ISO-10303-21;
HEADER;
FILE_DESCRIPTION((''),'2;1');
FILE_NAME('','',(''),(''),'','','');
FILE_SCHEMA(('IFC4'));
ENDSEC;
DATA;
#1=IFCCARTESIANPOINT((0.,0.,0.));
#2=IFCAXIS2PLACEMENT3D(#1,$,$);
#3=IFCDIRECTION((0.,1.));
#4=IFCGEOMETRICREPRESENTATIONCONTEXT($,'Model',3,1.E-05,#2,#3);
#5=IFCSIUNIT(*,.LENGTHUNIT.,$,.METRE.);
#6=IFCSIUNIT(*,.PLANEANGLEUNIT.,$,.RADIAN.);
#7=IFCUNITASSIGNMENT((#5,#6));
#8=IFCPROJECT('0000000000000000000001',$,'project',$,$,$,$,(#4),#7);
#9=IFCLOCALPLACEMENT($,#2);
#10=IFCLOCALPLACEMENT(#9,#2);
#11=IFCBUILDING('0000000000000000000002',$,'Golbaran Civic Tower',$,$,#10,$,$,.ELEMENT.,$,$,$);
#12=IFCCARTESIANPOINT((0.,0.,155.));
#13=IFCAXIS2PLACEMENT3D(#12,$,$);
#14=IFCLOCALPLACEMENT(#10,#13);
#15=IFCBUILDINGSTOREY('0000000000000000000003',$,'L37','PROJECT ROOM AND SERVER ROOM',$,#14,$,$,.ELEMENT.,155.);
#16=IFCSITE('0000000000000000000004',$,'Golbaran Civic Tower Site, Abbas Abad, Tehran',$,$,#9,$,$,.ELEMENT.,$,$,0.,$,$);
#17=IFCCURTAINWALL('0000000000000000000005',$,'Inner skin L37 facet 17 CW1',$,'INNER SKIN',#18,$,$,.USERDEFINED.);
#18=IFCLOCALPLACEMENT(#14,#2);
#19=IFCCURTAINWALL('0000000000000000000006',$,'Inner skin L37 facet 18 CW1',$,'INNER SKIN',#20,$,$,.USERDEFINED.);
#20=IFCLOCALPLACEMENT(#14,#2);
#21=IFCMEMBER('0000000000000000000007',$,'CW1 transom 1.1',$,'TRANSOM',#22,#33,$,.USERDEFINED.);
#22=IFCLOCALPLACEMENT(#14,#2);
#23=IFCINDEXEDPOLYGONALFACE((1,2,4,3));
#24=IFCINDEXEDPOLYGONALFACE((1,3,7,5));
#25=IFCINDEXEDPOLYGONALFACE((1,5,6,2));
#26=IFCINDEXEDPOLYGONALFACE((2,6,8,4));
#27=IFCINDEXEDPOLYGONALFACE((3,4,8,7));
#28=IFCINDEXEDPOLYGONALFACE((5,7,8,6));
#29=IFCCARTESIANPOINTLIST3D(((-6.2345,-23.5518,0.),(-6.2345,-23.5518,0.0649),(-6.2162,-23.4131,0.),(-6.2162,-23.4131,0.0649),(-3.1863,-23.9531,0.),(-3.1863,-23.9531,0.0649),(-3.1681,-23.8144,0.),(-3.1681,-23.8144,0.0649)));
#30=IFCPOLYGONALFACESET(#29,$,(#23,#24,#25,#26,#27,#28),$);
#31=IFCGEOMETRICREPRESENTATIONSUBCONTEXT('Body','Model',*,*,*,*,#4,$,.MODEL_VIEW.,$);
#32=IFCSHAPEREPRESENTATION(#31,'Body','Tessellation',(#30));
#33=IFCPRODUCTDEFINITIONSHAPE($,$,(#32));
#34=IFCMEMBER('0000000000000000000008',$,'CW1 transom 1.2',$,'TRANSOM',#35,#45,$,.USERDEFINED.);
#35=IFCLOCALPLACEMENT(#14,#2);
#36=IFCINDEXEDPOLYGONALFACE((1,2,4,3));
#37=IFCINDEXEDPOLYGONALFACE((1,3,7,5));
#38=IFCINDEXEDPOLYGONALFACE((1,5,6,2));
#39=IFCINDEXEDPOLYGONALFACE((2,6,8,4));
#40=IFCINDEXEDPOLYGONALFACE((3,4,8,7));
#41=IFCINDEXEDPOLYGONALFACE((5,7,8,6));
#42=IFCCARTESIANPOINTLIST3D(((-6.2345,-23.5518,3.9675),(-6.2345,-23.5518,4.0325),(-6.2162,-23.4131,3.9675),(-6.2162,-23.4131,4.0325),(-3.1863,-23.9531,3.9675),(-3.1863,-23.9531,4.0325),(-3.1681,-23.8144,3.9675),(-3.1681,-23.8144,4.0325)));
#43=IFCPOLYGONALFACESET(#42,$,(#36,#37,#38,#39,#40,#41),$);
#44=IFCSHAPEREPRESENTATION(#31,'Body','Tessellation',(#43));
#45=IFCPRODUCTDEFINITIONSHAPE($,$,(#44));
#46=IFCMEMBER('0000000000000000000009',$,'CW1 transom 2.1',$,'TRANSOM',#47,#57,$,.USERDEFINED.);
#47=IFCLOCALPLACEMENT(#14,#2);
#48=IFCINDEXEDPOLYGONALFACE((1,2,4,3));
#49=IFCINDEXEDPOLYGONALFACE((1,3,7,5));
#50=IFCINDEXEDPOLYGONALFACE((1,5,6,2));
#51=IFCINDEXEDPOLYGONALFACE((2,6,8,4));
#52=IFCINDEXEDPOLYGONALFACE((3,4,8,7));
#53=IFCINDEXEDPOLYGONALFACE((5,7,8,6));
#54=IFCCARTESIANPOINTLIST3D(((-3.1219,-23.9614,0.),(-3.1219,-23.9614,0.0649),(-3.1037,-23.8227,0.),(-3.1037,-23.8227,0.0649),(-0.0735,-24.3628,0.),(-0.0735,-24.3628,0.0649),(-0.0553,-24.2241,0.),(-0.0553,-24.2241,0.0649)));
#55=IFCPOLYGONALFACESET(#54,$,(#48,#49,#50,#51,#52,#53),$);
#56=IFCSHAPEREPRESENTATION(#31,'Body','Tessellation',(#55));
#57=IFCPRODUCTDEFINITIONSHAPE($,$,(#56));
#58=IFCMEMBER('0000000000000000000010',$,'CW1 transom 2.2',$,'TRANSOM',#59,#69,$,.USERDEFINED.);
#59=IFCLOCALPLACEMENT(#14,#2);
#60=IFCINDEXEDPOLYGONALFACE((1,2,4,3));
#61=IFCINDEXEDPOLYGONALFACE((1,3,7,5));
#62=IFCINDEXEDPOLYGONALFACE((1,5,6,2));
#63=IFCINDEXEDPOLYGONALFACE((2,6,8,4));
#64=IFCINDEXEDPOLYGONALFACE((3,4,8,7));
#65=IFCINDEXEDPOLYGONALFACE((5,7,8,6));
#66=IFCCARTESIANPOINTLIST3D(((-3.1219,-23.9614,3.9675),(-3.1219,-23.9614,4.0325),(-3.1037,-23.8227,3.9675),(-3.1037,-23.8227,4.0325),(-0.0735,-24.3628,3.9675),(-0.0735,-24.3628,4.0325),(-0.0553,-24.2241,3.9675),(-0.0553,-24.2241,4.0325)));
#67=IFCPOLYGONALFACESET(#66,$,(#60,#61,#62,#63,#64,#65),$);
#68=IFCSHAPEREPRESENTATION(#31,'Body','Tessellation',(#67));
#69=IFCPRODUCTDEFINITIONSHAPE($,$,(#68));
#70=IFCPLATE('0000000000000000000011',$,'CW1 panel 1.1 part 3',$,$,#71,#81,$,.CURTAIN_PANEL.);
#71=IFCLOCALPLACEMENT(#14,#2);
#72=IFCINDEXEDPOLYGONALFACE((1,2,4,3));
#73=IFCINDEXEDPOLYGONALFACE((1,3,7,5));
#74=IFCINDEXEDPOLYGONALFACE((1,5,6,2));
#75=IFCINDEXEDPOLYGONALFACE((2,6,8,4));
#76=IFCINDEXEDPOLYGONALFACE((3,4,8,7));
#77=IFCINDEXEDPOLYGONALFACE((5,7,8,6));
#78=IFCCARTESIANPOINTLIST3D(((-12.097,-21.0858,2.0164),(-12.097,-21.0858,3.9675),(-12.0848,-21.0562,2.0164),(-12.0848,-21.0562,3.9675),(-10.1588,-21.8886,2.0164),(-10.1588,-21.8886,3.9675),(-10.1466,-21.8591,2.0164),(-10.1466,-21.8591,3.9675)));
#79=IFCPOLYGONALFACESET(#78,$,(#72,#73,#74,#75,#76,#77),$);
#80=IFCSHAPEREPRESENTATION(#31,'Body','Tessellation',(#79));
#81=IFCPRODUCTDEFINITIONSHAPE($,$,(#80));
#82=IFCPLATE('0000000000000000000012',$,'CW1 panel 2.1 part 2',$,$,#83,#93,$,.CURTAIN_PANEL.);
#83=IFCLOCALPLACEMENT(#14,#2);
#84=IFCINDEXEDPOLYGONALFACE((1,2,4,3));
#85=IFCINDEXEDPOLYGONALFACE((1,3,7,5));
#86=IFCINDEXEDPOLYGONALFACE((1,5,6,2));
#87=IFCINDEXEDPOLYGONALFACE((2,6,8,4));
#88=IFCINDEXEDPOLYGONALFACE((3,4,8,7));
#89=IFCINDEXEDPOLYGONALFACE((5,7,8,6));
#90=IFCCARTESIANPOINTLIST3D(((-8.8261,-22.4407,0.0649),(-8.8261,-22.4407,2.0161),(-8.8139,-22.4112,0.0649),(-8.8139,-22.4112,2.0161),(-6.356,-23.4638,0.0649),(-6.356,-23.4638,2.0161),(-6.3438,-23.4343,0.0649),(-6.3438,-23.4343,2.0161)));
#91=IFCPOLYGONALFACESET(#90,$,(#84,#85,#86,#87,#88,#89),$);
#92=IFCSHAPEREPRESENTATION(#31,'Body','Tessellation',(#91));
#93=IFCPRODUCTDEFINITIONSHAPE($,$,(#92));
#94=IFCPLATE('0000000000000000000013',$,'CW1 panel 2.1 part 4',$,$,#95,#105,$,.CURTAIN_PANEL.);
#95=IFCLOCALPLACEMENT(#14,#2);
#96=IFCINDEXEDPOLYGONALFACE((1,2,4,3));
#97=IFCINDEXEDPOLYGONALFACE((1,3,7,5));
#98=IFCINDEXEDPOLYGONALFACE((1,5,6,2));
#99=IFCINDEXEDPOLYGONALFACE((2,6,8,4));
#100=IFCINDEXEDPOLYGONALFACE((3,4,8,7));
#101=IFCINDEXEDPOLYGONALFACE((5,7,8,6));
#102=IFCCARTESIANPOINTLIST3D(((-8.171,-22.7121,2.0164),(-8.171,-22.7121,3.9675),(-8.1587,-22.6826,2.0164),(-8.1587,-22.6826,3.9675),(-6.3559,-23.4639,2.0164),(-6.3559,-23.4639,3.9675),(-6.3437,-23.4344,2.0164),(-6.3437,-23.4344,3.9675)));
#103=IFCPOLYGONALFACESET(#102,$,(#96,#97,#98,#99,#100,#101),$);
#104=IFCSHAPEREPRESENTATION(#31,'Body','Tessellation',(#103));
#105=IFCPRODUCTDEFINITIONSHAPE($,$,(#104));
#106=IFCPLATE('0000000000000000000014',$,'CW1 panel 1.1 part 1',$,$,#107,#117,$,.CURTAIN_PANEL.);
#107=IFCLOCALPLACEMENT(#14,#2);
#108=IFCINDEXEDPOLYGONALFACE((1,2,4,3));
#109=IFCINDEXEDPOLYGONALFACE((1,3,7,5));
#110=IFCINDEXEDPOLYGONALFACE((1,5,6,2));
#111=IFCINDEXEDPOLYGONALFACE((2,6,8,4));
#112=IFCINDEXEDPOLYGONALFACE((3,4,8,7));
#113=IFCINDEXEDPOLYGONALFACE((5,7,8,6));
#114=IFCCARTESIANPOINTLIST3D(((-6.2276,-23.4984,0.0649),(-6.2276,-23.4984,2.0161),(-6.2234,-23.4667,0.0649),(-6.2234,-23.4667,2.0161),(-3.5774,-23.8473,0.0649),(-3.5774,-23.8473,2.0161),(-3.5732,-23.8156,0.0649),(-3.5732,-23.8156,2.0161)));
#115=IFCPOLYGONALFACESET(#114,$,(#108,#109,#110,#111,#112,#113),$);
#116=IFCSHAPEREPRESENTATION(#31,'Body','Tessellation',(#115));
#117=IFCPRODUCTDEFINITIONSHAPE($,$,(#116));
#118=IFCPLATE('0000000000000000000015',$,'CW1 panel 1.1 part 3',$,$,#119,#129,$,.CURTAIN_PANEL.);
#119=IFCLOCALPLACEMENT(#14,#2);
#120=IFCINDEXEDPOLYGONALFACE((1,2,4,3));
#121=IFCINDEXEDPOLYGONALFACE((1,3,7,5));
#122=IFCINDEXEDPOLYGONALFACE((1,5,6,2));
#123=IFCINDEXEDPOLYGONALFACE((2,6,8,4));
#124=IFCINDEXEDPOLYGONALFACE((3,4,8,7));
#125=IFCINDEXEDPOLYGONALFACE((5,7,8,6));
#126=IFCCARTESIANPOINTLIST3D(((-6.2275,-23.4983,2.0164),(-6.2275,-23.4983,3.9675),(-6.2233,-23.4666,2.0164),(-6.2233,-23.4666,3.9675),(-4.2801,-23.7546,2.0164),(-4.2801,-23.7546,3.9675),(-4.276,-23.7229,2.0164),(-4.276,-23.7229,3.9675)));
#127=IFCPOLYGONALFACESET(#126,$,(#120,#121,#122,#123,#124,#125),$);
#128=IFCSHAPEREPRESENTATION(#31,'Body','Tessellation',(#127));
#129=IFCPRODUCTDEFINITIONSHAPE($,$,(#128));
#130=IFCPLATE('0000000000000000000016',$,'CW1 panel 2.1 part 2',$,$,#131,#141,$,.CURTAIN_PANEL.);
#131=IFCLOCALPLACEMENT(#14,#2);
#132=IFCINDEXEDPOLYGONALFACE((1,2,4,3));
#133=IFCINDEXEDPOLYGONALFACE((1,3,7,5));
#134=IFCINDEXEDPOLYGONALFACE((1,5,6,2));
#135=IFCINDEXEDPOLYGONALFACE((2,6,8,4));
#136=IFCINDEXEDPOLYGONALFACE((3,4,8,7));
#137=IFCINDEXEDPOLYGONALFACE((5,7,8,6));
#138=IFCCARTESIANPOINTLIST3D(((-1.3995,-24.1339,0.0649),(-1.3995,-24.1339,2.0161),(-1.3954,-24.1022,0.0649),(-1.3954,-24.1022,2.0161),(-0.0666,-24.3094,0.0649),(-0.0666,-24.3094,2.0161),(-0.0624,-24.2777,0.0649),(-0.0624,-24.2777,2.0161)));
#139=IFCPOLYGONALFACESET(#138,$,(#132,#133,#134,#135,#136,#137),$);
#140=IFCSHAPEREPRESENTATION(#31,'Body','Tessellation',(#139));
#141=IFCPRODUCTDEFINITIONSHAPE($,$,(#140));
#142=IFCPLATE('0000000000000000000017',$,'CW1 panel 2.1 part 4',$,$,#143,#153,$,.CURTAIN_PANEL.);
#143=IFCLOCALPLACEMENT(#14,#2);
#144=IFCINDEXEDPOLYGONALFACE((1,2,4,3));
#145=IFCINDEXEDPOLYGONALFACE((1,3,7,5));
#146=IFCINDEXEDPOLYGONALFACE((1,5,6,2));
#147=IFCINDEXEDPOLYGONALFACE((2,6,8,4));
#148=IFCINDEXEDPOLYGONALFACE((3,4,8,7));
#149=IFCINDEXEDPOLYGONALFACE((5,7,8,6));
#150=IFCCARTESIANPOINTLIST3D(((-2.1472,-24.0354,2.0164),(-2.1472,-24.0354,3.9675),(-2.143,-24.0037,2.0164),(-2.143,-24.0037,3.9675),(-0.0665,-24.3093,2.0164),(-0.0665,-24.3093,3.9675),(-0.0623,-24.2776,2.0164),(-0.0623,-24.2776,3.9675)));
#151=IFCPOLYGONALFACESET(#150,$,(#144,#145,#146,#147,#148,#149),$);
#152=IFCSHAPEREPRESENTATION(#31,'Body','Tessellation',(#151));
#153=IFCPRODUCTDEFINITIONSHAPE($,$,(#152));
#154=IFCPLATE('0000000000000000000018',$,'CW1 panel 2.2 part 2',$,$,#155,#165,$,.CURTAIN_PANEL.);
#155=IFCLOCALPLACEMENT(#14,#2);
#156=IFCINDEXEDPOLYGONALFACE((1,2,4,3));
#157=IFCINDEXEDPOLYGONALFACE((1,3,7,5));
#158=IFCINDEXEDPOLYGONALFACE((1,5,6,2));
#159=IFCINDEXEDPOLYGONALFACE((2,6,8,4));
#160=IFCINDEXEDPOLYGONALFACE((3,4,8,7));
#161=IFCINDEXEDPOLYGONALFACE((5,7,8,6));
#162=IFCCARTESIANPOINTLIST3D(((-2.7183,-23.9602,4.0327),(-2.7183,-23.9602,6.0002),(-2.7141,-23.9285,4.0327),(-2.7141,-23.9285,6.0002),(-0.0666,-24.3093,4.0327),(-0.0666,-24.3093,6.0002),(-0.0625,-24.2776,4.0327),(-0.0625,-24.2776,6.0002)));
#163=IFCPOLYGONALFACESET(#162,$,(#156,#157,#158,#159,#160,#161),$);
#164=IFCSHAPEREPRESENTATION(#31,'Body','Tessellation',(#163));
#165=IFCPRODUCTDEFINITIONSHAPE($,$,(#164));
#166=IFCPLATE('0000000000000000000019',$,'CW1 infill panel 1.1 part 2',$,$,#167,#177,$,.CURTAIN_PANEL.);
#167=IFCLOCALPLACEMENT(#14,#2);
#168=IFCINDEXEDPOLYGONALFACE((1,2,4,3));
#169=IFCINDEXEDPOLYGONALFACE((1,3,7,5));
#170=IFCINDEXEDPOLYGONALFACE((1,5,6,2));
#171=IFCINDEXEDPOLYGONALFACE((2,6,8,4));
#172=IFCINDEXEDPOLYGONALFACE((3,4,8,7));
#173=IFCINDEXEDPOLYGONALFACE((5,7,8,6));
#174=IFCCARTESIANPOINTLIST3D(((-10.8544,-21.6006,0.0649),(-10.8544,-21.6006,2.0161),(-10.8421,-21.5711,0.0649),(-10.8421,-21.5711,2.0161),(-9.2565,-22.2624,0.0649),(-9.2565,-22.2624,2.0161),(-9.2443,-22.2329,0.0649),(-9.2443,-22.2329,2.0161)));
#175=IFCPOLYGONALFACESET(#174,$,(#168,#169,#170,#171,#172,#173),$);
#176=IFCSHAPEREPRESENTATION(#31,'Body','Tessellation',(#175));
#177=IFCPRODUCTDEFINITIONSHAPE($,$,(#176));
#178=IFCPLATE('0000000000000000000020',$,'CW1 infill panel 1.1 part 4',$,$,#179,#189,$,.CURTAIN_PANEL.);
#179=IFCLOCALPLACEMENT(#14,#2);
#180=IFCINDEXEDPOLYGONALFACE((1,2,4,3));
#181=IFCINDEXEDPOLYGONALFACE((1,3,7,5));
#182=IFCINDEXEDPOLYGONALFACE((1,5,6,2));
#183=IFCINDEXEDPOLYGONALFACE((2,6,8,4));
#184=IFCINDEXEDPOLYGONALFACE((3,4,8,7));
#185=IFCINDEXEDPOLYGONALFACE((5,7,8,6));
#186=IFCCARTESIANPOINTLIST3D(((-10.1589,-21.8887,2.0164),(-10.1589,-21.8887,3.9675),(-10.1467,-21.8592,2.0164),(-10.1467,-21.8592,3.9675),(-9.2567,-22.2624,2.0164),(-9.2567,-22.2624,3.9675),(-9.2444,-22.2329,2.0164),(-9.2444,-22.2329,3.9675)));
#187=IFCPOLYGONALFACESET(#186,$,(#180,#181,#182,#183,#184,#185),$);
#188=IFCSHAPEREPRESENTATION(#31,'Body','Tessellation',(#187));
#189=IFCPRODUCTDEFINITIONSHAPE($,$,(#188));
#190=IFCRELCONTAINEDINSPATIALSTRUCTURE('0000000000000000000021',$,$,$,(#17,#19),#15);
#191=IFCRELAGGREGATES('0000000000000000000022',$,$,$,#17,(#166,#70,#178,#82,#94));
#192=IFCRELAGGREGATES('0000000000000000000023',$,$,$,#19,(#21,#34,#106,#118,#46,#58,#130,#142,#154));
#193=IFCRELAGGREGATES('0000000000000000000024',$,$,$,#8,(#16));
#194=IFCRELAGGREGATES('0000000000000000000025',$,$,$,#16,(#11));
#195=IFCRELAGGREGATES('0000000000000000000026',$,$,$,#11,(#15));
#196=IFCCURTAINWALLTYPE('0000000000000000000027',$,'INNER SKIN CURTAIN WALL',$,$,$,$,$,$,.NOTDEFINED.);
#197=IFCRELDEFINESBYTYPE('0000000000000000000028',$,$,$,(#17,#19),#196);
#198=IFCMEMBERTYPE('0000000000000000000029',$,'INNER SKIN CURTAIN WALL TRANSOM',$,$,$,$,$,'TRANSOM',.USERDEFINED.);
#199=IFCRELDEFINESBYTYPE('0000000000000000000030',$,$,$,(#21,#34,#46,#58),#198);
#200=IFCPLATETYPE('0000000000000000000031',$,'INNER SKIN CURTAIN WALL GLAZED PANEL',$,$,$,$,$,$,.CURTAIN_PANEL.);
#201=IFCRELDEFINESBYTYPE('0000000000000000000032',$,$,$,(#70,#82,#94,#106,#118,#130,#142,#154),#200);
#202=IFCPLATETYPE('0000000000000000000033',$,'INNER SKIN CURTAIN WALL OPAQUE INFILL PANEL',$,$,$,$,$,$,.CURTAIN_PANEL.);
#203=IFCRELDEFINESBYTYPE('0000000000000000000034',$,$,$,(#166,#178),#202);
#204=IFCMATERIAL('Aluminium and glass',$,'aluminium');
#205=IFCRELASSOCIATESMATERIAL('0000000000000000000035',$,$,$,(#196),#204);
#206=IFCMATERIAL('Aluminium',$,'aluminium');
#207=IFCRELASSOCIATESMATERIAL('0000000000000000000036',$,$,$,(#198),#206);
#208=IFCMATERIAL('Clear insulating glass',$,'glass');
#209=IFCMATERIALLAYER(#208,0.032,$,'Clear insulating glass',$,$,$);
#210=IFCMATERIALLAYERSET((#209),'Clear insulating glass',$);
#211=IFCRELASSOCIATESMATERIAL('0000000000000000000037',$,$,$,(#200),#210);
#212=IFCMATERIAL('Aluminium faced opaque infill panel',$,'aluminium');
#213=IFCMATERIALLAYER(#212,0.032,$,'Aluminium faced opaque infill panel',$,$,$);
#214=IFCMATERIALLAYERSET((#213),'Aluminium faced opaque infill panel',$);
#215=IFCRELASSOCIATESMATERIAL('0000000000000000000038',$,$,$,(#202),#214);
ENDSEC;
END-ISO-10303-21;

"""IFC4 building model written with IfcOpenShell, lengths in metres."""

from ifc_helpers import new_model, si_unit, direction, frame, origin, origin_2d, place, context, subcontext, project, spatial, rectangle, extrude, material, layer, layer_set, material_profile, profile_set, type_object, element, aggregate, save


model = new_model("IFC4")

# Units and contexts
model_context = context("Model", 3, precision=1e-05, world=origin(), true_north=direction((0.0, 1.0)))
body_context = subcontext(model_context, "Body", "Model", "MODEL_VIEW")
ifc_project = project(units=[si_unit("LENGTHUNIT", "METRE"), si_unit("PLANEANGLEUNIT", "RADIAN")], contexts=[model_context])

# Site, building, storey
site_placement = place(None, origin())
site = spatial("IfcSite", under=ifc_project, at=site_placement, Name="Golbaran Civic Tower Site, Abbas Abad, Tehran", CompositionType="ELEMENT", RefElevation=0.0)
building_placement = place(site_placement, origin())
building = spatial("IfcBuilding", under=site, at=building_placement, Name="Golbaran Civic Tower", CompositionType="ELEMENT")
storey_placement = place(building_placement, frame((0.0, 0.0, 155.0)))
storey = spatial("IfcBuildingStorey", under=building, at=storey_placement, Name="L37", Description="PROJECT ROOM AND SERVER ROOM", CompositionType="ELEMENT", Elevation=155.0)

# Curtain walls
ifc_material_1 = material(Name="Aluminium and glass", Category="aluminium")
curtain_wall_type = type_object("IfcCurtainWallType", Name="INNER SKIN CURTAIN WALL", PredefinedType="NOTDEFINED", material=ifc_material_1)
curtain_wall_1_placement = place(storey_placement, origin())
curtain_wall_1 = element("IfcCurtainWall", 1, at=curtain_wall_1_placement, inside=storey, type_object=curtain_wall_type, Name="Inner skin L37 facet 17 CW1", ObjectType="INNER SKIN", PredefinedType="USERDEFINED")
ifc_material_2 = material(Name="Aluminium", Category="aluminium")
curtain_wall_2_placement = place(storey_placement, origin())
curtain_wall_2 = element("IfcCurtainWall", 2, at=curtain_wall_2_placement, inside=storey, type_object=curtain_wall_type, Name="Inner skin L37 facet 18 CW1", ObjectType="INNER SKIN", PredefinedType="USERDEFINED")

# Members
ifc_material_profile_1 = material_profile(ifc_material_2, rectangle(XDim=0.1399, YDim=0.0649, at=origin_2d()), Name="INNER SKIN CURTAIN WALL TRANSOM")
ifc_profile_set_1 = profile_set([ifc_material_profile_1], Name="Aluminium")
member_type_1 = type_object("IfcMemberType", Name="INNER SKIN CURTAIN WALL TRANSOM", ElementType="TRANSOM", PredefinedType="USERDEFINED", material=ifc_profile_set_1)
member_1_placement = place(storey_placement, frame((-6.2253, -23.4824, 0.0325), z_axis=(0.991442, -0.130551, 0.0), x_axis=(0.130551, 0.991442, 0.0)))
member_1 = element("IfcMember", 3, at=member_1_placement, type_object=member_type_1, Name="CW1 transom 1.1", ObjectType="TRANSOM", PredefinedType="USERDEFINED", context=body_context, shape_type="SweptSolid", body=[
    extrude(rectangle(XDim=0.1399, YDim=0.0649, at=origin_2d()), origin(), (0.0, 0.0, 1.0), 3.0745),
])
member_2_placement = place(storey_placement, frame((-6.2253, -23.4824, 4.0), z_axis=(0.991442, -0.130551, 0.0), x_axis=(0.130551, 0.991442, 0.0)))
member_2 = element("IfcMember", 4, at=member_2_placement, type_object=member_type_1, Name="CW1 transom 1.2", ObjectType="TRANSOM", PredefinedType="USERDEFINED", context=body_context, shape_type="SweptSolid", body=[
    extrude(rectangle(XDim=0.1399, YDim=0.0649, at=origin_2d()), origin(), (0.0, 0.0, 1.0), 3.0745),
])
member_3_placement = place(storey_placement, frame((-3.1128, -23.8921, 0.0325), z_axis=(0.991443, -0.130541, 0.0), x_axis=(0.130541, 0.991443, 0.0)))
member_3 = element("IfcMember", 5, at=member_3_placement, type_object=member_type_1, Name="CW1 transom 2.1", ObjectType="TRANSOM", PredefinedType="USERDEFINED", context=body_context, shape_type="SweptSolid", body=[
    extrude(rectangle(XDim=0.1399, YDim=0.0649, at=origin_2d()), origin(), (0.0, 0.0, 1.0), 3.0747),
])
member_4_placement = place(storey_placement, frame((-3.1128, -23.8921, 4.0), z_axis=(0.991443, -0.130541, 0.0), x_axis=(0.130541, 0.991443, 0.0)))
member_4 = element("IfcMember", 6, at=member_4_placement, type_object=member_type_1, Name="CW1 transom 2.2", ObjectType="TRANSOM", PredefinedType="USERDEFINED", context=body_context, shape_type="SweptSolid", body=[
    extrude(rectangle(XDim=0.1399, YDim=0.0649, at=origin_2d()), origin(), (0.0, 0.0, 1.0), 3.0747),
])

# Plates
ifc_material_3 = material(Name="Clear insulating glass", Category="glass")
ifc_layer_1 = layer(ifc_material_3, 0.032, Name="Clear insulating glass")
ifc_layer_set_1 = layer_set([ifc_layer_1], Name="Clear insulating glass")
plate_type_1 = type_object("IfcPlateType", Name="INNER SKIN CURTAIN WALL GLAZED PANEL", PredefinedType="CURTAIN_PANEL", material=ifc_layer_set_1)
plate_1_placement = place(storey_placement, frame((-11.1218, -21.4724, 2.0164), z_axis=(0.0, 0.0, 1.0), x_axis=(0.92388, -0.382683, 0.0)))
plate_1 = element("IfcPlate", 7, at=plate_1_placement, type_object=plate_type_1, Name="CW1 panel 1.1 part 3", PredefinedType="CURTAIN_PANEL", context=body_context, shape_type="SweptSolid", body=[
    extrude(rectangle(XDim=2.0979, YDim=0.032, at=origin_2d()), origin(), (0.0, 0.0, 1.0), 1.9512),
])
plate_2_placement = place(storey_placement, frame((-7.585, -22.9375, 0.0649), z_axis=(0.0, 0.0, 1.0), x_axis=(0.92388, -0.382683, 0.0)))
plate_2 = element("IfcPlate", 8, at=plate_2_placement, type_object=plate_type_1, Name="CW1 panel 2.1 part 2", PredefinedType="CURTAIN_PANEL", context=body_context, shape_type="SweptSolid", body=[
    extrude(rectangle(XDim=2.6736, YDim=0.032, at=origin_2d()), origin(), (0.0, 0.0, 1.0), 1.9512),
])
plate_3_placement = place(storey_placement, frame((-7.2573, -23.0732, 2.0164), z_axis=(0.0, 0.0, 1.0), x_axis=(0.92388, -0.382683, 0.0)))
plate_3 = element("IfcPlate", 9, at=plate_3_placement, type_object=plate_type_1, Name="CW1 panel 2.1 part 4", PredefinedType="CURTAIN_PANEL", context=body_context, shape_type="SweptSolid", body=[
    extrude(rectangle(XDim=1.9646, YDim=0.032, at=origin_2d()), origin(), (0.0, 0.0, 1.0), 1.9512),
])
plate_4_placement = place(storey_placement, frame((-4.9004, -23.657, 0.0649), z_axis=(0.0, 0.0, 1.0), x_axis=(0.991445, -0.130526, 0.0)))
plate_4 = element("IfcPlate", 10, at=plate_4_placement, type_object=plate_type_1, Name="CW1 panel 1.1 part 1", PredefinedType="CURTAIN_PANEL", context=body_context, shape_type="SweptSolid", body=[
    extrude(rectangle(XDim=2.6731, YDim=0.032, at=origin_2d()), origin(), (0.0, 0.0, 1.0), 1.9512),
])
plate_5_placement = place(storey_placement, frame((-5.2517, -23.6106, 2.0164), z_axis=(0.0, 0.0, 1.0), x_axis=(0.991445, -0.130526, 0.0)))
plate_5 = element("IfcPlate", 11, at=plate_5_placement, type_object=plate_type_1, Name="CW1 panel 1.1 part 3", PredefinedType="CURTAIN_PANEL", context=body_context, shape_type="SweptSolid", body=[
    extrude(rectangle(XDim=1.9641, YDim=0.032, at=origin_2d()), origin(), (0.0, 0.0, 1.0), 1.9512),
])
plate_6_placement = place(storey_placement, frame((-0.731, -24.2058, 0.0649), z_axis=(0.0, 0.0, 1.0), x_axis=(0.991445, -0.130526, 0.0)))
plate_6 = element("IfcPlate", 12, at=plate_6_placement, type_object=plate_type_1, Name="CW1 panel 2.1 part 2", PredefinedType="CURTAIN_PANEL", context=body_context, shape_type="SweptSolid", body=[
    extrude(rectangle(XDim=1.3445, YDim=0.032, at=origin_2d()), origin(), (0.0, 0.0, 1.0), 1.9512),
])
plate_7_placement = place(storey_placement, frame((-1.1047, -24.1565, 2.0164), z_axis=(0.0, 0.0, 1.0), x_axis=(0.991445, -0.130526, 0.0)))
plate_7 = element("IfcPlate", 13, at=plate_7_placement, type_object=plate_type_1, Name="CW1 panel 2.1 part 4", PredefinedType="CURTAIN_PANEL", context=body_context, shape_type="SweptSolid", body=[
    extrude(rectangle(XDim=2.0986, YDim=0.032, at=origin_2d()), origin(), (0.0, 0.0, 1.0), 1.9512),
])
plate_8_placement = place(storey_placement, frame((-1.3904, -24.1189, 4.0327), z_axis=(0.0, 0.0, 1.0), x_axis=(0.991445, -0.130526, 0.0)))
plate_8 = element("IfcPlate", 14, at=plate_8_placement, type_object=plate_type_1, Name="CW1 panel 2.2 part 2", PredefinedType="CURTAIN_PANEL", context=body_context, shape_type="SweptSolid", body=[
    extrude(rectangle(XDim=2.6746, YDim=0.032, at=origin_2d()), origin(), (0.0, 0.0, 1.0), 1.9675),
])
ifc_material_4 = material(Name="Aluminium faced opaque infill panel", Category="aluminium")
ifc_layer_2 = layer(ifc_material_4, 0.032, Name="Aluminium faced opaque infill panel")
ifc_layer_set_2 = layer_set([ifc_layer_2], Name="Aluminium faced opaque infill panel")
plate_type_2 = type_object("IfcPlateType", Name="INNER SKIN CURTAIN WALL OPAQUE INFILL PANEL", PredefinedType="CURTAIN_PANEL", material=ifc_layer_set_2)
plate_9_placement = place(storey_placement, frame((-10.0493, -21.9167, 0.0649), z_axis=(0.0, 0.0, 1.0), x_axis=(0.92388, -0.382683, 0.0)))
plate_9 = element("IfcPlate", 15, at=plate_9_placement, type_object=plate_type_2, Name="CW1 infill panel 1.1 part 2", PredefinedType="CURTAIN_PANEL", context=body_context, shape_type="SweptSolid", body=[
    extrude(rectangle(XDim=1.7295, YDim=0.032, at=origin_2d()), origin(), (0.0, 0.0, 1.0), 1.9512),
])
plate_10_placement = place(storey_placement, frame((-9.7017, -22.0608, 2.0164), z_axis=(0.0, 0.0, 1.0), x_axis=(0.92388, -0.382683, 0.0)))
plate_10 = element("IfcPlate", 16, at=plate_10_placement, type_object=plate_type_2, Name="CW1 infill panel 1.1 part 4", PredefinedType="CURTAIN_PANEL", context=body_context, shape_type="SweptSolid", body=[
    extrude(rectangle(XDim=0.9766, YDim=0.032, at=origin_2d()), origin(), (0.0, 0.0, 1.0), 1.9512),
])
aggregate(curtain_wall_1, [plate_9, plate_1, plate_10, plate_2, plate_3])
aggregate(curtain_wall_2, [member_1, member_2, plate_4, plate_5, member_3, member_4, plate_6, plate_7, plate_8])

save(model, "model.ifc")
